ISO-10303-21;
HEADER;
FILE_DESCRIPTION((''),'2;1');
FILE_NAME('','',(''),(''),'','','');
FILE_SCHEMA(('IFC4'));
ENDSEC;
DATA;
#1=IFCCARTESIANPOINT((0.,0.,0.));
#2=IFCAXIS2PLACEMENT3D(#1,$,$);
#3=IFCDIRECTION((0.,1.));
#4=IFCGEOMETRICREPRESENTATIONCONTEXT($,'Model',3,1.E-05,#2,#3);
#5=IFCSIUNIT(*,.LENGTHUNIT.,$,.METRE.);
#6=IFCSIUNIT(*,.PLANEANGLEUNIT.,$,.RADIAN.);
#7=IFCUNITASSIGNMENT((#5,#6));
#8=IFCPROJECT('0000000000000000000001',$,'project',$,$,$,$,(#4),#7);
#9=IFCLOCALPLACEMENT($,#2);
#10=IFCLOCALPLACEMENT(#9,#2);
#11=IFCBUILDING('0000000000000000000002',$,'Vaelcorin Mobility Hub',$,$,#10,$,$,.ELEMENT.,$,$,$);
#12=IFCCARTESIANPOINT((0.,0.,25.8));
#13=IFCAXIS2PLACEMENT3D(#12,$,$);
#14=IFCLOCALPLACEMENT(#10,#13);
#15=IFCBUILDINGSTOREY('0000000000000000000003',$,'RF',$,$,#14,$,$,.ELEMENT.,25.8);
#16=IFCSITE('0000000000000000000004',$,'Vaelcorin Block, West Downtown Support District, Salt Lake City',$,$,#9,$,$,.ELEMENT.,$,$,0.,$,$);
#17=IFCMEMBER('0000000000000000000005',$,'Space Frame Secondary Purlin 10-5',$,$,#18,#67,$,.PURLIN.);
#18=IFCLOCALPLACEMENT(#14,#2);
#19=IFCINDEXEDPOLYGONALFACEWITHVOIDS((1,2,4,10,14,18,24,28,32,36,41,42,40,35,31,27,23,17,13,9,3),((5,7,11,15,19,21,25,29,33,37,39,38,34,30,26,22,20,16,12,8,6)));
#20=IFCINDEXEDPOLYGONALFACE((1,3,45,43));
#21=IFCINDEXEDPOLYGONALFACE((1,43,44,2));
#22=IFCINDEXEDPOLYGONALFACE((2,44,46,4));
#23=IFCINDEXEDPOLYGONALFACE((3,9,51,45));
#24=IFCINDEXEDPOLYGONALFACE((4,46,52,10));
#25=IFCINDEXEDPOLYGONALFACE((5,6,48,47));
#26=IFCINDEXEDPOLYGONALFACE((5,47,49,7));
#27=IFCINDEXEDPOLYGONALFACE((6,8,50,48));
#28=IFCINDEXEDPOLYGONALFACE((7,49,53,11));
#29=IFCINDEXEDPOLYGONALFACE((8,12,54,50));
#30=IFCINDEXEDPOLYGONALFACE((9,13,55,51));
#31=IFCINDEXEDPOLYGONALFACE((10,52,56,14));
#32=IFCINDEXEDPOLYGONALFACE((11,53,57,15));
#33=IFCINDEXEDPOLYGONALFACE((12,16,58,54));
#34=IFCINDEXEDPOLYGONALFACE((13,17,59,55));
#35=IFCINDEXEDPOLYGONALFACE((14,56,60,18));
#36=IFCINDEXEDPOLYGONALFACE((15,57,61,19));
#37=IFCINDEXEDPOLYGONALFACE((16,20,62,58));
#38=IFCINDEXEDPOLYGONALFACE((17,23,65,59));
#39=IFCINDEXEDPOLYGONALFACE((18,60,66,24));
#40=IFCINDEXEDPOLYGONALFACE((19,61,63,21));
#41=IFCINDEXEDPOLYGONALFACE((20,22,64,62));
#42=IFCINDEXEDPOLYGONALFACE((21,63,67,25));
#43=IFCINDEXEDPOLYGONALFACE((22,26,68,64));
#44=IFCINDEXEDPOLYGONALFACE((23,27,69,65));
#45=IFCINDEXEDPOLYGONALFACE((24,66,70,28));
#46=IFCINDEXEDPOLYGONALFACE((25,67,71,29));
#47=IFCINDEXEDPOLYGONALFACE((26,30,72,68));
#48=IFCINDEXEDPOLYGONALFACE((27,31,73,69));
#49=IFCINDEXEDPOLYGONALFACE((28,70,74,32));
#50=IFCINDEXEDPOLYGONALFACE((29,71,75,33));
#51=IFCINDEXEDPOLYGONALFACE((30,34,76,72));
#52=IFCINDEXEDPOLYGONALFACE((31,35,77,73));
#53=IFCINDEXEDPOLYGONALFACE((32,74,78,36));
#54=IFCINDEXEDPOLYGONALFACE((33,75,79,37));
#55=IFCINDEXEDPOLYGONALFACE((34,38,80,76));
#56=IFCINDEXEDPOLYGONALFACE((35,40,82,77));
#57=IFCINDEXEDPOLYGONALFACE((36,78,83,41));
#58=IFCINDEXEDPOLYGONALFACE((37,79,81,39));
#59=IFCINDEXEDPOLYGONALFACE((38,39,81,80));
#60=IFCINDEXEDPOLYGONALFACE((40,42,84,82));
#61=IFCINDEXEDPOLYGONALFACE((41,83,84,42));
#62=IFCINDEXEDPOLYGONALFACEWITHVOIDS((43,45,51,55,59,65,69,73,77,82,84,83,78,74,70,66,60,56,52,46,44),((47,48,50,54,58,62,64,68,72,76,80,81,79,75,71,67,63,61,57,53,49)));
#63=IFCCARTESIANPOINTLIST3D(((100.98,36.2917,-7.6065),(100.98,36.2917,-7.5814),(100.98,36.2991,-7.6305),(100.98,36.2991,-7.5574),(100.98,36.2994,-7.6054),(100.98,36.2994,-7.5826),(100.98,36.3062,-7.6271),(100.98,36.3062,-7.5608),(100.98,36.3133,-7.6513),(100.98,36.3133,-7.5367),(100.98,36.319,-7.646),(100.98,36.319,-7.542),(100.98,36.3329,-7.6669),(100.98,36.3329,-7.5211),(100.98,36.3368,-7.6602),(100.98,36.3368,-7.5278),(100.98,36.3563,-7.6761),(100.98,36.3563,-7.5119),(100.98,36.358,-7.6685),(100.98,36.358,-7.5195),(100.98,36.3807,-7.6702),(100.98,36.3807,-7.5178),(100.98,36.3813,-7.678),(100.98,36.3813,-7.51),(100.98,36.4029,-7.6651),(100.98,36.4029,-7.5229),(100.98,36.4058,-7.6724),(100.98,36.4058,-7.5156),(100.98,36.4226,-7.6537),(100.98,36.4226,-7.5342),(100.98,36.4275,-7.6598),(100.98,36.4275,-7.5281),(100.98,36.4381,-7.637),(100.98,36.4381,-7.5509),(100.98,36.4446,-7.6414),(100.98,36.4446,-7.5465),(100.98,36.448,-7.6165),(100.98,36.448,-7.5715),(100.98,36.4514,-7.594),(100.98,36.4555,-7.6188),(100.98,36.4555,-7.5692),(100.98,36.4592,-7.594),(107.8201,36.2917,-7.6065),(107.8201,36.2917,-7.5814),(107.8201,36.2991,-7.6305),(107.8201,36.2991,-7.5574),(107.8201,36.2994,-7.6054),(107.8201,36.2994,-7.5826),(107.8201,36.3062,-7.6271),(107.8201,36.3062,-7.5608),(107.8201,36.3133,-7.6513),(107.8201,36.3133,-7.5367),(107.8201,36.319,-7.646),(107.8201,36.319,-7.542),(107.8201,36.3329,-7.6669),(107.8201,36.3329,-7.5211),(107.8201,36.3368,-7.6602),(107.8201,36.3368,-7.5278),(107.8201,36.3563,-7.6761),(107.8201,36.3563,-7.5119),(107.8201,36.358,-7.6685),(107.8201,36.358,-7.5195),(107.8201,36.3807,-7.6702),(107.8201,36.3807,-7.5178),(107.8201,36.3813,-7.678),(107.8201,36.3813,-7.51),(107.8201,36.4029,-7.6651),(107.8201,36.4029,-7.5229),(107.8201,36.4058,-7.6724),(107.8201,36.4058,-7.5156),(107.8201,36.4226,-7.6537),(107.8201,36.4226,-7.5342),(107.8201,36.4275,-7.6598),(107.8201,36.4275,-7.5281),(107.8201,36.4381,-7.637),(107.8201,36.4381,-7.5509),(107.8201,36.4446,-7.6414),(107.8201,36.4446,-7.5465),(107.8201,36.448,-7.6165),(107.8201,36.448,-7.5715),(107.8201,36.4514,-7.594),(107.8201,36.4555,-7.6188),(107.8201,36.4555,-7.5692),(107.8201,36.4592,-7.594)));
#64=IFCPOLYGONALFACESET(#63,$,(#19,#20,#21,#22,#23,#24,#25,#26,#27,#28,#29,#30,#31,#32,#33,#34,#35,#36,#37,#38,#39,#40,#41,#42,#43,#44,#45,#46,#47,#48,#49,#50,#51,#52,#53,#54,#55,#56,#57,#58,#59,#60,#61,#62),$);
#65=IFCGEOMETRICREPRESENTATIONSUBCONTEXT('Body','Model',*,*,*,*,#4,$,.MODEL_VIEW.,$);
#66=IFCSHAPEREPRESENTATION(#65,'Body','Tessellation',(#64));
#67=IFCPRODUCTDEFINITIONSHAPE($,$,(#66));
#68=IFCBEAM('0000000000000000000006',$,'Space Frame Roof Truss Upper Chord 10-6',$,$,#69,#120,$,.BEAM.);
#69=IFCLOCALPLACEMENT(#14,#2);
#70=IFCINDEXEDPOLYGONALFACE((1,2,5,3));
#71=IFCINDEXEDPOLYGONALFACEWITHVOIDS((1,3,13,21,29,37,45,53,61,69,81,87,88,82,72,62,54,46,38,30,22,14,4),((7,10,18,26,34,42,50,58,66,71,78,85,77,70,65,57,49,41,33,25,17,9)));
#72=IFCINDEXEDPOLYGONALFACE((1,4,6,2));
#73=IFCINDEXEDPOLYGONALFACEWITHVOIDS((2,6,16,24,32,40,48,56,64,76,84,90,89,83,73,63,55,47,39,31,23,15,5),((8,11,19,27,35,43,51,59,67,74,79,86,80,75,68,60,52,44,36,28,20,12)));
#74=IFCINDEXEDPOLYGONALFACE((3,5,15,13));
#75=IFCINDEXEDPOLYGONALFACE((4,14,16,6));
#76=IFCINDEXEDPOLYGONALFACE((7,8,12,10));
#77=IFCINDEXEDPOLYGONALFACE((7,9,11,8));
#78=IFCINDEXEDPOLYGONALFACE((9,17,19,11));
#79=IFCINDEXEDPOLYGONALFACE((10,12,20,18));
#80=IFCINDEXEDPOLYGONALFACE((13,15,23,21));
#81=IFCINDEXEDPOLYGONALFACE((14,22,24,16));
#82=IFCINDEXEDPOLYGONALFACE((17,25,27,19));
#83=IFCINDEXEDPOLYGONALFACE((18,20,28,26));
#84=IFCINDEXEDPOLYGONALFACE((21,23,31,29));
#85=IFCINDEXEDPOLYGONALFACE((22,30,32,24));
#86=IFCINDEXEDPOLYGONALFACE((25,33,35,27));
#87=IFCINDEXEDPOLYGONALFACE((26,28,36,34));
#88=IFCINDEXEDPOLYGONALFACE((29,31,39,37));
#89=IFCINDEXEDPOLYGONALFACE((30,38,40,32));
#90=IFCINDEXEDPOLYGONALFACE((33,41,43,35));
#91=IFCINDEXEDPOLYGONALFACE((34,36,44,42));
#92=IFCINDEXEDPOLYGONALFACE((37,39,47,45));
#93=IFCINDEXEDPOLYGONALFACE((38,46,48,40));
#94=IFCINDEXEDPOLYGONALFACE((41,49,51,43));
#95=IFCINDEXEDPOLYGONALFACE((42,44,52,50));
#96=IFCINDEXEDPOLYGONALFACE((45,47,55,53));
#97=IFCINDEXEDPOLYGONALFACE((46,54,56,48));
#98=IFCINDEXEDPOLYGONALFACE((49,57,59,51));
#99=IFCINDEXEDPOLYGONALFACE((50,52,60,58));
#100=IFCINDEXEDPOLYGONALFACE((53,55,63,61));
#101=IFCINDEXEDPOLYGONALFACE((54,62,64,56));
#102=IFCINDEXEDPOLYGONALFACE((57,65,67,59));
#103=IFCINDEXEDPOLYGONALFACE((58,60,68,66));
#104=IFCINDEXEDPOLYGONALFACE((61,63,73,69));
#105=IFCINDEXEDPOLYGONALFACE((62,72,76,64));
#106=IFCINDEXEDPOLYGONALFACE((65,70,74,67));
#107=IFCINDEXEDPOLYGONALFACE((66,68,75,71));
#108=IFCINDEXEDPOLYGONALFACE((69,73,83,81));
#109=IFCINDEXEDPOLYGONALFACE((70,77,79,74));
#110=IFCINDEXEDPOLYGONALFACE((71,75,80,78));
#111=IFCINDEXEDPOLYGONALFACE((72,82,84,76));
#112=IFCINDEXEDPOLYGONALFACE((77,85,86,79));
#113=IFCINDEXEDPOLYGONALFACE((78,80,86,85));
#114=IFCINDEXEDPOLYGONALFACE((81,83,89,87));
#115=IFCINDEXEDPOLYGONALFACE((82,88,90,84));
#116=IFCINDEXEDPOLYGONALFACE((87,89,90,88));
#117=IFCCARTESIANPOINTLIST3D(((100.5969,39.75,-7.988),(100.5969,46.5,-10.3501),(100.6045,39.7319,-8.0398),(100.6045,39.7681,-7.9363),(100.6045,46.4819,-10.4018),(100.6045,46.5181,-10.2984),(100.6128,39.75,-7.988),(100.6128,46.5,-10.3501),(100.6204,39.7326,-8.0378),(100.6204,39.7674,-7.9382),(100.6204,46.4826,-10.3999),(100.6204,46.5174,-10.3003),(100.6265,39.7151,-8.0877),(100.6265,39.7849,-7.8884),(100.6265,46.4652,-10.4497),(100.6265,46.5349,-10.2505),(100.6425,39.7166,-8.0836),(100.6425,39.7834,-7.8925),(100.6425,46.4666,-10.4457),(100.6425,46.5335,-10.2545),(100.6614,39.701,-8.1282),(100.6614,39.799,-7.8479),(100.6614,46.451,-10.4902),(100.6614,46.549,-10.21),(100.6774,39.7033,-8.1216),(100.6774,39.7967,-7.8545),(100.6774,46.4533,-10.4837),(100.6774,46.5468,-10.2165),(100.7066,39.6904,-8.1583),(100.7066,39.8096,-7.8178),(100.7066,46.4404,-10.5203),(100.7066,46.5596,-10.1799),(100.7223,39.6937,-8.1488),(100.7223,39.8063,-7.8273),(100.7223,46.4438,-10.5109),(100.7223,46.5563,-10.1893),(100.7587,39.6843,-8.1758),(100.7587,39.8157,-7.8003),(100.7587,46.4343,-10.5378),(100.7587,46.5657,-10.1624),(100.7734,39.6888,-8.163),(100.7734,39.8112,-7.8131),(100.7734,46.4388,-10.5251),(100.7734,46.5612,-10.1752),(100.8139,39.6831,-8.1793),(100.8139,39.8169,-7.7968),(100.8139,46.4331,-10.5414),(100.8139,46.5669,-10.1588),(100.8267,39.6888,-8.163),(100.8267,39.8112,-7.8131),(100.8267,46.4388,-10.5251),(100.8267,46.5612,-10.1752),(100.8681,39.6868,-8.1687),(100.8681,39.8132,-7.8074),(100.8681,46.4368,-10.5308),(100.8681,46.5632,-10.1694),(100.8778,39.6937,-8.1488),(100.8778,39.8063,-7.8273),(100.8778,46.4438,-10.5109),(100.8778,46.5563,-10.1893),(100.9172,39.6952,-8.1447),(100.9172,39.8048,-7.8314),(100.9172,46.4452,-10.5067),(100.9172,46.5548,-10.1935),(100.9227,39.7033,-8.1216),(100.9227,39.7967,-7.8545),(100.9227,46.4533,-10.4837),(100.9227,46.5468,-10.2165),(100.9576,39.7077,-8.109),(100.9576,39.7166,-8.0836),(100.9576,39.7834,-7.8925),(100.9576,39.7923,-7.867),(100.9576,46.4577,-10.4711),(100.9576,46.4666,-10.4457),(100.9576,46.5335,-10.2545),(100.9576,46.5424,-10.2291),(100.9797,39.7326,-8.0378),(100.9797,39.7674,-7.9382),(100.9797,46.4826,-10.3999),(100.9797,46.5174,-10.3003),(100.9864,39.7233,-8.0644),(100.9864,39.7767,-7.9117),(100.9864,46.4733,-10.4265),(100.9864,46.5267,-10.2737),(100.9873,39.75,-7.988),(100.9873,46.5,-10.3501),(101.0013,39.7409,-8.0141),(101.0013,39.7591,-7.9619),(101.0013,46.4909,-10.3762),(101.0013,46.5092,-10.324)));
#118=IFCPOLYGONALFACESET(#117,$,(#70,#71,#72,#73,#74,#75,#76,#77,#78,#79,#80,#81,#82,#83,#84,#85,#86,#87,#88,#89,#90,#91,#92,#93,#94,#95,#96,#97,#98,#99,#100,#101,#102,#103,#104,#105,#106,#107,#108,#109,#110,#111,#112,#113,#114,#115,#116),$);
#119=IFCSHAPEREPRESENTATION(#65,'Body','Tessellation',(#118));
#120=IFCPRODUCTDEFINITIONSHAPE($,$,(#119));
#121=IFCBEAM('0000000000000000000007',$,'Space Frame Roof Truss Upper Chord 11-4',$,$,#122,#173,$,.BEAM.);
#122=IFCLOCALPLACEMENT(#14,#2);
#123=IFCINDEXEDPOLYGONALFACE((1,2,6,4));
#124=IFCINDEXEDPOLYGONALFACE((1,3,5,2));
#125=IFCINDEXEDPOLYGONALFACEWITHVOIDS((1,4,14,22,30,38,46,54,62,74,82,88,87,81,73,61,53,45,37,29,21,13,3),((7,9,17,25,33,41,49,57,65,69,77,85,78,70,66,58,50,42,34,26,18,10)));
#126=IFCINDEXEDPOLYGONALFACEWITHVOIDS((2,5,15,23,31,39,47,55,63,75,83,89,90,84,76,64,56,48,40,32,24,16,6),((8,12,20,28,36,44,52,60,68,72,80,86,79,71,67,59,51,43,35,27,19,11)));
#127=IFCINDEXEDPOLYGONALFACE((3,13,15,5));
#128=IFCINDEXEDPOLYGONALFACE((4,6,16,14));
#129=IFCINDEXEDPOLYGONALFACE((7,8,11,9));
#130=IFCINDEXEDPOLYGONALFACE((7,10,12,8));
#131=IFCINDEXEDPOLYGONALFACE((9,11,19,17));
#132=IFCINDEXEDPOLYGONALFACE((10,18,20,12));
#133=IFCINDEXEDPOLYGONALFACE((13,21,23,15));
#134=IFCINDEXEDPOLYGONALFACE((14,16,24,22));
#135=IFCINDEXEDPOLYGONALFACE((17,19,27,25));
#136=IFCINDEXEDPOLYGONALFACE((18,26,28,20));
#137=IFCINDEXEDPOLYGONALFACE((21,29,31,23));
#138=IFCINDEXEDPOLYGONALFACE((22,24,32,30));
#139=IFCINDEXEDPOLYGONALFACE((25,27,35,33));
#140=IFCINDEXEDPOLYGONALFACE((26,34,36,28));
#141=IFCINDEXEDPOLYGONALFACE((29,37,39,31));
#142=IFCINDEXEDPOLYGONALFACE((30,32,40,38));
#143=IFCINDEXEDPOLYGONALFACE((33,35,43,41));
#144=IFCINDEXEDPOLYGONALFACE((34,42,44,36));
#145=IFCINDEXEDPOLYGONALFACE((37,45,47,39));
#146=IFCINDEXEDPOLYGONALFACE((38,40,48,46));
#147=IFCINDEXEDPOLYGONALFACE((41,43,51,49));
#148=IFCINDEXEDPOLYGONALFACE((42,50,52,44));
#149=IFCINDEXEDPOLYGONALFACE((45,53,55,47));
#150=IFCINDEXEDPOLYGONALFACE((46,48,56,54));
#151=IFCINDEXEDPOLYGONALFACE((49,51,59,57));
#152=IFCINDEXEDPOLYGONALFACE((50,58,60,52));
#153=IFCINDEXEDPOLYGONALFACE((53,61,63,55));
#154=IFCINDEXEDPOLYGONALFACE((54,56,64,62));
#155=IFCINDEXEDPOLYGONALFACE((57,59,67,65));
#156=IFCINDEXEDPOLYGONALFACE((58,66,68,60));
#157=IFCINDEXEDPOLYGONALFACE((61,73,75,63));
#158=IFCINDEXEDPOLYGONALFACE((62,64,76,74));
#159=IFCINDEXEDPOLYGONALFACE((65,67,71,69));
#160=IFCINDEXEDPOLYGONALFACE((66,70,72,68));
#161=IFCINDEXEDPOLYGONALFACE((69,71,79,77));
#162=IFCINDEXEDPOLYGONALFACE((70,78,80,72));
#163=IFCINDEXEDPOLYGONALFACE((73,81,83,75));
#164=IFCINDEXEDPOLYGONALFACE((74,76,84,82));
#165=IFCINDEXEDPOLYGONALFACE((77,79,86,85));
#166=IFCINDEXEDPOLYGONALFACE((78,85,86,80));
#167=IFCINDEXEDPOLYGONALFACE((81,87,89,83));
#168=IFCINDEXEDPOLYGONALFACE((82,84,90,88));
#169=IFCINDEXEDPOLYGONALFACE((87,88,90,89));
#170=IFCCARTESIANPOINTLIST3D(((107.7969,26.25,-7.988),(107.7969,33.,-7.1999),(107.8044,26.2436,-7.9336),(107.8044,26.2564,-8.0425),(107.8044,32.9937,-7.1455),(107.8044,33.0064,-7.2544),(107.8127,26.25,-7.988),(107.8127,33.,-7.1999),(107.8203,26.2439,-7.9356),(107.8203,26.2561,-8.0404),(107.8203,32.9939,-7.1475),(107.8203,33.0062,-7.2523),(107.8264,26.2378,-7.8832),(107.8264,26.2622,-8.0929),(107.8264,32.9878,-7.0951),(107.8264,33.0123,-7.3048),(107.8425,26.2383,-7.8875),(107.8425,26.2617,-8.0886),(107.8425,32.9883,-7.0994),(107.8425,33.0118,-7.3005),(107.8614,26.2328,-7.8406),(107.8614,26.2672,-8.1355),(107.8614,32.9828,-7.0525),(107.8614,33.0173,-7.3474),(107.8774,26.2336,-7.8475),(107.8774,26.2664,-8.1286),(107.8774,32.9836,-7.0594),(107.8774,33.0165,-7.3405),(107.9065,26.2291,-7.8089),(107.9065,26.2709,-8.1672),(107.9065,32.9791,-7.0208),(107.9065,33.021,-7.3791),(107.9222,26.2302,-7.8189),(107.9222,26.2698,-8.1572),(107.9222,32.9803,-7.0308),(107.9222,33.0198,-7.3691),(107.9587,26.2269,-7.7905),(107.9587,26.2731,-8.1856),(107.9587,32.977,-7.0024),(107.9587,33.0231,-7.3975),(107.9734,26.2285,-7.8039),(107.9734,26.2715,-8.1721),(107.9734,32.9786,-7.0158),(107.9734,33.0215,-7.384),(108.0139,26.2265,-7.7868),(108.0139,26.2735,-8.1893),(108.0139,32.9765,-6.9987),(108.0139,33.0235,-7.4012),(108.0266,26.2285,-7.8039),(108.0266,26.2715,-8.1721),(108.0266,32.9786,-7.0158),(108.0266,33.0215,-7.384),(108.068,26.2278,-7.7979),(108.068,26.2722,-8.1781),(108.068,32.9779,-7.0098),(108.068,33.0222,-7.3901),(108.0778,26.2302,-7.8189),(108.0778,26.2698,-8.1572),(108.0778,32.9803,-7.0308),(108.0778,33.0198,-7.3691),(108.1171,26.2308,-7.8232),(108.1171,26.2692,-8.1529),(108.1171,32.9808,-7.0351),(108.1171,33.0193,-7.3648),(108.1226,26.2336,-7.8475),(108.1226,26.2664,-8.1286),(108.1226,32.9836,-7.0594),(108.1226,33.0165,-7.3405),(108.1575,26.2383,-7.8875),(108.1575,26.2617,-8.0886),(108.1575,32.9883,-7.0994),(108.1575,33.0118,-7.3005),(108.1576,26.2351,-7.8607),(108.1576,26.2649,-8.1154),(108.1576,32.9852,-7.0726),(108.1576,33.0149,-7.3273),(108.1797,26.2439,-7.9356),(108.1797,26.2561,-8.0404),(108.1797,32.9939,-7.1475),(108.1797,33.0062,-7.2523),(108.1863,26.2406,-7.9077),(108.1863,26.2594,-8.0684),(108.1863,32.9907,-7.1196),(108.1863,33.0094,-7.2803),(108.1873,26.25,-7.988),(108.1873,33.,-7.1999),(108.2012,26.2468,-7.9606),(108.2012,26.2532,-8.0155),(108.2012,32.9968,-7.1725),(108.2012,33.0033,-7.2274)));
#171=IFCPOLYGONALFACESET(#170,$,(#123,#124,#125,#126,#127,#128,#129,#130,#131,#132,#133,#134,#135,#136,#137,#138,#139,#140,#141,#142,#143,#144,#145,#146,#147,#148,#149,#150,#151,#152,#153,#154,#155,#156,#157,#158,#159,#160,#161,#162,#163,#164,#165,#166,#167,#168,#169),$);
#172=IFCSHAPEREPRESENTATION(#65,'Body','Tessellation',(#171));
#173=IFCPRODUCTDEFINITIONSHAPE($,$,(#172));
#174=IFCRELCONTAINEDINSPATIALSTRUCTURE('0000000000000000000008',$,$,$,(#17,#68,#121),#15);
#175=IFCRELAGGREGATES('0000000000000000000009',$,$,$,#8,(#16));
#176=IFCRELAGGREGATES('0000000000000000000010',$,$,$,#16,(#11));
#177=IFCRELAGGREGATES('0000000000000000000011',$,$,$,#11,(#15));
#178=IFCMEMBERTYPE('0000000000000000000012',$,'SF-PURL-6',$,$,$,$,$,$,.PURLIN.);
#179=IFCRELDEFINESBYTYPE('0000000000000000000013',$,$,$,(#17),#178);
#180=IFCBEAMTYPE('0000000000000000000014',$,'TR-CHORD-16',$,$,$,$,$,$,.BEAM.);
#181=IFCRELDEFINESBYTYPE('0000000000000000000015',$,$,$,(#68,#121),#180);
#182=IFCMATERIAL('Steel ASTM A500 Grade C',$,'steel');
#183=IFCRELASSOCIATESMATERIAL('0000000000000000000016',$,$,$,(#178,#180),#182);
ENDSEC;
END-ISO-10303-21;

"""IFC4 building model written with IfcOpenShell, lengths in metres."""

from ifc_helpers import new_model, si_unit, direction, frame, origin, origin_2d, place, context, subcontext, project, spatial, hollow_circle, extrude, material, material_profile, profile_set, type_object, element, save


model = new_model("IFC4")

# Units and contexts
model_context = context("Model", 3, precision=1e-05, world=origin(), true_north=direction((0.0, 1.0)))
body_context = subcontext(model_context, "Body", "Model", "MODEL_VIEW")
ifc_project = project(units=[si_unit("LENGTHUNIT", "METRE"), si_unit("PLANEANGLEUNIT", "RADIAN")], contexts=[model_context])

# Site, building, storey
site_placement = place(None, origin())
site = spatial("IfcSite", under=ifc_project, at=site_placement, Name="Vaelcorin Block, West Downtown Support District, Salt Lake City", CompositionType="ELEMENT", RefElevation=0.0)
building_placement = place(site_placement, origin())
building = spatial("IfcBuilding", under=site, at=building_placement, Name="Vaelcorin Mobility Hub", CompositionType="ELEMENT")
storey_placement = place(building_placement, frame((0.0, 0.0, 25.8)))
storey = spatial("IfcBuildingStorey", under=building, at=storey_placement, Name="RF", CompositionType="ELEMENT", Elevation=25.8)

# Member
ifc_material_1 = material(Name="Steel ASTM A500 Grade C", Category="steel")
ifc_material_profile_1 = material_profile(ifc_material_1, hollow_circle(Radius=0.0842, WallThickness=0.0078, at=origin_2d()), Name="HSS6.625X0.312")
ifc_profile_set_1 = profile_set([ifc_material_profile_1], Name="Steel ASTM A500 Grade C")
member_type_1 = type_object("IfcMemberType", Name="SF-PURL-6", PredefinedType="PURLIN", material=ifc_profile_set_1)
for number, where, z_axis, x_axis, name in (
    (1, (100.98, 36.375, -7.594), (1.0, 0.0, 0.0), (0.0, 1.0, 0.0), "Space Frame Secondary Purlin 10-5"),
):
    element("IfcMember", number, at=place(storey_placement, frame(where, z_axis=z_axis, x_axis=x_axis)), inside=storey, type_object=member_type_1, Name=name, PredefinedType="PURLIN", context=body_context, shape_type="SweptSolid", body=[
        extrude(hollow_circle(Radius=0.0842, WallThickness=0.0078, at=origin_2d()), origin(), (0.0, 0.0, 1.0), 6.8401),
    ])

# Beams
ifc_material_profile_2 = material_profile(ifc_material_1, hollow_circle(Radius=0.2031, WallThickness=0.0159, at=origin_2d()), Name="HSS16.000X0.625")
ifc_profile_set_2 = profile_set([ifc_material_profile_2], Name="Steel ASTM A500 Grade C")
beam_type = type_object("IfcBeamType", Name="TR-CHORD-16", PredefinedType="BEAM", material=ifc_profile_set_2)
beam_1_placement = place(storey_placement, frame((100.8, 39.75, -7.988), z_axis=(0.0, 0.943878, -0.330296), x_axis=(-1.0, 0.0, 0.0)))
element("IfcBeam", 2, at=beam_1_placement, inside=storey, type_object=beam_type, Name="Space Frame Roof Truss Upper Chord 10-6", PredefinedType="BEAM", context=body_context, shape_type="SweptSolid", body=[
    extrude(hollow_circle(Radius=0.2031, WallThickness=0.0159, at=origin_2d()), origin(), (0.0, 0.0, 1.0), 7.1514),
])
for number, where, z_axis, x_axis, name in (
    (3, (108.0, 26.25, -7.988), (0.0, 0.993253, 0.115966), (-1.0, 0.0, 0.0), "Space Frame Roof Truss Upper Chord 11-4"),
):
    element("IfcBeam", number, at=place(storey_placement, frame(where, z_axis=z_axis, x_axis=x_axis)), inside=storey, type_object=beam_type, Name=name, PredefinedType="BEAM", context=body_context, shape_type="SweptSolid", body=[
        extrude(hollow_circle(Radius=0.2031, WallThickness=0.0159, at=origin_2d()), origin(), (0.0, 0.0, 1.0), 6.7959),
    ])

save(model, "model.ifc")
